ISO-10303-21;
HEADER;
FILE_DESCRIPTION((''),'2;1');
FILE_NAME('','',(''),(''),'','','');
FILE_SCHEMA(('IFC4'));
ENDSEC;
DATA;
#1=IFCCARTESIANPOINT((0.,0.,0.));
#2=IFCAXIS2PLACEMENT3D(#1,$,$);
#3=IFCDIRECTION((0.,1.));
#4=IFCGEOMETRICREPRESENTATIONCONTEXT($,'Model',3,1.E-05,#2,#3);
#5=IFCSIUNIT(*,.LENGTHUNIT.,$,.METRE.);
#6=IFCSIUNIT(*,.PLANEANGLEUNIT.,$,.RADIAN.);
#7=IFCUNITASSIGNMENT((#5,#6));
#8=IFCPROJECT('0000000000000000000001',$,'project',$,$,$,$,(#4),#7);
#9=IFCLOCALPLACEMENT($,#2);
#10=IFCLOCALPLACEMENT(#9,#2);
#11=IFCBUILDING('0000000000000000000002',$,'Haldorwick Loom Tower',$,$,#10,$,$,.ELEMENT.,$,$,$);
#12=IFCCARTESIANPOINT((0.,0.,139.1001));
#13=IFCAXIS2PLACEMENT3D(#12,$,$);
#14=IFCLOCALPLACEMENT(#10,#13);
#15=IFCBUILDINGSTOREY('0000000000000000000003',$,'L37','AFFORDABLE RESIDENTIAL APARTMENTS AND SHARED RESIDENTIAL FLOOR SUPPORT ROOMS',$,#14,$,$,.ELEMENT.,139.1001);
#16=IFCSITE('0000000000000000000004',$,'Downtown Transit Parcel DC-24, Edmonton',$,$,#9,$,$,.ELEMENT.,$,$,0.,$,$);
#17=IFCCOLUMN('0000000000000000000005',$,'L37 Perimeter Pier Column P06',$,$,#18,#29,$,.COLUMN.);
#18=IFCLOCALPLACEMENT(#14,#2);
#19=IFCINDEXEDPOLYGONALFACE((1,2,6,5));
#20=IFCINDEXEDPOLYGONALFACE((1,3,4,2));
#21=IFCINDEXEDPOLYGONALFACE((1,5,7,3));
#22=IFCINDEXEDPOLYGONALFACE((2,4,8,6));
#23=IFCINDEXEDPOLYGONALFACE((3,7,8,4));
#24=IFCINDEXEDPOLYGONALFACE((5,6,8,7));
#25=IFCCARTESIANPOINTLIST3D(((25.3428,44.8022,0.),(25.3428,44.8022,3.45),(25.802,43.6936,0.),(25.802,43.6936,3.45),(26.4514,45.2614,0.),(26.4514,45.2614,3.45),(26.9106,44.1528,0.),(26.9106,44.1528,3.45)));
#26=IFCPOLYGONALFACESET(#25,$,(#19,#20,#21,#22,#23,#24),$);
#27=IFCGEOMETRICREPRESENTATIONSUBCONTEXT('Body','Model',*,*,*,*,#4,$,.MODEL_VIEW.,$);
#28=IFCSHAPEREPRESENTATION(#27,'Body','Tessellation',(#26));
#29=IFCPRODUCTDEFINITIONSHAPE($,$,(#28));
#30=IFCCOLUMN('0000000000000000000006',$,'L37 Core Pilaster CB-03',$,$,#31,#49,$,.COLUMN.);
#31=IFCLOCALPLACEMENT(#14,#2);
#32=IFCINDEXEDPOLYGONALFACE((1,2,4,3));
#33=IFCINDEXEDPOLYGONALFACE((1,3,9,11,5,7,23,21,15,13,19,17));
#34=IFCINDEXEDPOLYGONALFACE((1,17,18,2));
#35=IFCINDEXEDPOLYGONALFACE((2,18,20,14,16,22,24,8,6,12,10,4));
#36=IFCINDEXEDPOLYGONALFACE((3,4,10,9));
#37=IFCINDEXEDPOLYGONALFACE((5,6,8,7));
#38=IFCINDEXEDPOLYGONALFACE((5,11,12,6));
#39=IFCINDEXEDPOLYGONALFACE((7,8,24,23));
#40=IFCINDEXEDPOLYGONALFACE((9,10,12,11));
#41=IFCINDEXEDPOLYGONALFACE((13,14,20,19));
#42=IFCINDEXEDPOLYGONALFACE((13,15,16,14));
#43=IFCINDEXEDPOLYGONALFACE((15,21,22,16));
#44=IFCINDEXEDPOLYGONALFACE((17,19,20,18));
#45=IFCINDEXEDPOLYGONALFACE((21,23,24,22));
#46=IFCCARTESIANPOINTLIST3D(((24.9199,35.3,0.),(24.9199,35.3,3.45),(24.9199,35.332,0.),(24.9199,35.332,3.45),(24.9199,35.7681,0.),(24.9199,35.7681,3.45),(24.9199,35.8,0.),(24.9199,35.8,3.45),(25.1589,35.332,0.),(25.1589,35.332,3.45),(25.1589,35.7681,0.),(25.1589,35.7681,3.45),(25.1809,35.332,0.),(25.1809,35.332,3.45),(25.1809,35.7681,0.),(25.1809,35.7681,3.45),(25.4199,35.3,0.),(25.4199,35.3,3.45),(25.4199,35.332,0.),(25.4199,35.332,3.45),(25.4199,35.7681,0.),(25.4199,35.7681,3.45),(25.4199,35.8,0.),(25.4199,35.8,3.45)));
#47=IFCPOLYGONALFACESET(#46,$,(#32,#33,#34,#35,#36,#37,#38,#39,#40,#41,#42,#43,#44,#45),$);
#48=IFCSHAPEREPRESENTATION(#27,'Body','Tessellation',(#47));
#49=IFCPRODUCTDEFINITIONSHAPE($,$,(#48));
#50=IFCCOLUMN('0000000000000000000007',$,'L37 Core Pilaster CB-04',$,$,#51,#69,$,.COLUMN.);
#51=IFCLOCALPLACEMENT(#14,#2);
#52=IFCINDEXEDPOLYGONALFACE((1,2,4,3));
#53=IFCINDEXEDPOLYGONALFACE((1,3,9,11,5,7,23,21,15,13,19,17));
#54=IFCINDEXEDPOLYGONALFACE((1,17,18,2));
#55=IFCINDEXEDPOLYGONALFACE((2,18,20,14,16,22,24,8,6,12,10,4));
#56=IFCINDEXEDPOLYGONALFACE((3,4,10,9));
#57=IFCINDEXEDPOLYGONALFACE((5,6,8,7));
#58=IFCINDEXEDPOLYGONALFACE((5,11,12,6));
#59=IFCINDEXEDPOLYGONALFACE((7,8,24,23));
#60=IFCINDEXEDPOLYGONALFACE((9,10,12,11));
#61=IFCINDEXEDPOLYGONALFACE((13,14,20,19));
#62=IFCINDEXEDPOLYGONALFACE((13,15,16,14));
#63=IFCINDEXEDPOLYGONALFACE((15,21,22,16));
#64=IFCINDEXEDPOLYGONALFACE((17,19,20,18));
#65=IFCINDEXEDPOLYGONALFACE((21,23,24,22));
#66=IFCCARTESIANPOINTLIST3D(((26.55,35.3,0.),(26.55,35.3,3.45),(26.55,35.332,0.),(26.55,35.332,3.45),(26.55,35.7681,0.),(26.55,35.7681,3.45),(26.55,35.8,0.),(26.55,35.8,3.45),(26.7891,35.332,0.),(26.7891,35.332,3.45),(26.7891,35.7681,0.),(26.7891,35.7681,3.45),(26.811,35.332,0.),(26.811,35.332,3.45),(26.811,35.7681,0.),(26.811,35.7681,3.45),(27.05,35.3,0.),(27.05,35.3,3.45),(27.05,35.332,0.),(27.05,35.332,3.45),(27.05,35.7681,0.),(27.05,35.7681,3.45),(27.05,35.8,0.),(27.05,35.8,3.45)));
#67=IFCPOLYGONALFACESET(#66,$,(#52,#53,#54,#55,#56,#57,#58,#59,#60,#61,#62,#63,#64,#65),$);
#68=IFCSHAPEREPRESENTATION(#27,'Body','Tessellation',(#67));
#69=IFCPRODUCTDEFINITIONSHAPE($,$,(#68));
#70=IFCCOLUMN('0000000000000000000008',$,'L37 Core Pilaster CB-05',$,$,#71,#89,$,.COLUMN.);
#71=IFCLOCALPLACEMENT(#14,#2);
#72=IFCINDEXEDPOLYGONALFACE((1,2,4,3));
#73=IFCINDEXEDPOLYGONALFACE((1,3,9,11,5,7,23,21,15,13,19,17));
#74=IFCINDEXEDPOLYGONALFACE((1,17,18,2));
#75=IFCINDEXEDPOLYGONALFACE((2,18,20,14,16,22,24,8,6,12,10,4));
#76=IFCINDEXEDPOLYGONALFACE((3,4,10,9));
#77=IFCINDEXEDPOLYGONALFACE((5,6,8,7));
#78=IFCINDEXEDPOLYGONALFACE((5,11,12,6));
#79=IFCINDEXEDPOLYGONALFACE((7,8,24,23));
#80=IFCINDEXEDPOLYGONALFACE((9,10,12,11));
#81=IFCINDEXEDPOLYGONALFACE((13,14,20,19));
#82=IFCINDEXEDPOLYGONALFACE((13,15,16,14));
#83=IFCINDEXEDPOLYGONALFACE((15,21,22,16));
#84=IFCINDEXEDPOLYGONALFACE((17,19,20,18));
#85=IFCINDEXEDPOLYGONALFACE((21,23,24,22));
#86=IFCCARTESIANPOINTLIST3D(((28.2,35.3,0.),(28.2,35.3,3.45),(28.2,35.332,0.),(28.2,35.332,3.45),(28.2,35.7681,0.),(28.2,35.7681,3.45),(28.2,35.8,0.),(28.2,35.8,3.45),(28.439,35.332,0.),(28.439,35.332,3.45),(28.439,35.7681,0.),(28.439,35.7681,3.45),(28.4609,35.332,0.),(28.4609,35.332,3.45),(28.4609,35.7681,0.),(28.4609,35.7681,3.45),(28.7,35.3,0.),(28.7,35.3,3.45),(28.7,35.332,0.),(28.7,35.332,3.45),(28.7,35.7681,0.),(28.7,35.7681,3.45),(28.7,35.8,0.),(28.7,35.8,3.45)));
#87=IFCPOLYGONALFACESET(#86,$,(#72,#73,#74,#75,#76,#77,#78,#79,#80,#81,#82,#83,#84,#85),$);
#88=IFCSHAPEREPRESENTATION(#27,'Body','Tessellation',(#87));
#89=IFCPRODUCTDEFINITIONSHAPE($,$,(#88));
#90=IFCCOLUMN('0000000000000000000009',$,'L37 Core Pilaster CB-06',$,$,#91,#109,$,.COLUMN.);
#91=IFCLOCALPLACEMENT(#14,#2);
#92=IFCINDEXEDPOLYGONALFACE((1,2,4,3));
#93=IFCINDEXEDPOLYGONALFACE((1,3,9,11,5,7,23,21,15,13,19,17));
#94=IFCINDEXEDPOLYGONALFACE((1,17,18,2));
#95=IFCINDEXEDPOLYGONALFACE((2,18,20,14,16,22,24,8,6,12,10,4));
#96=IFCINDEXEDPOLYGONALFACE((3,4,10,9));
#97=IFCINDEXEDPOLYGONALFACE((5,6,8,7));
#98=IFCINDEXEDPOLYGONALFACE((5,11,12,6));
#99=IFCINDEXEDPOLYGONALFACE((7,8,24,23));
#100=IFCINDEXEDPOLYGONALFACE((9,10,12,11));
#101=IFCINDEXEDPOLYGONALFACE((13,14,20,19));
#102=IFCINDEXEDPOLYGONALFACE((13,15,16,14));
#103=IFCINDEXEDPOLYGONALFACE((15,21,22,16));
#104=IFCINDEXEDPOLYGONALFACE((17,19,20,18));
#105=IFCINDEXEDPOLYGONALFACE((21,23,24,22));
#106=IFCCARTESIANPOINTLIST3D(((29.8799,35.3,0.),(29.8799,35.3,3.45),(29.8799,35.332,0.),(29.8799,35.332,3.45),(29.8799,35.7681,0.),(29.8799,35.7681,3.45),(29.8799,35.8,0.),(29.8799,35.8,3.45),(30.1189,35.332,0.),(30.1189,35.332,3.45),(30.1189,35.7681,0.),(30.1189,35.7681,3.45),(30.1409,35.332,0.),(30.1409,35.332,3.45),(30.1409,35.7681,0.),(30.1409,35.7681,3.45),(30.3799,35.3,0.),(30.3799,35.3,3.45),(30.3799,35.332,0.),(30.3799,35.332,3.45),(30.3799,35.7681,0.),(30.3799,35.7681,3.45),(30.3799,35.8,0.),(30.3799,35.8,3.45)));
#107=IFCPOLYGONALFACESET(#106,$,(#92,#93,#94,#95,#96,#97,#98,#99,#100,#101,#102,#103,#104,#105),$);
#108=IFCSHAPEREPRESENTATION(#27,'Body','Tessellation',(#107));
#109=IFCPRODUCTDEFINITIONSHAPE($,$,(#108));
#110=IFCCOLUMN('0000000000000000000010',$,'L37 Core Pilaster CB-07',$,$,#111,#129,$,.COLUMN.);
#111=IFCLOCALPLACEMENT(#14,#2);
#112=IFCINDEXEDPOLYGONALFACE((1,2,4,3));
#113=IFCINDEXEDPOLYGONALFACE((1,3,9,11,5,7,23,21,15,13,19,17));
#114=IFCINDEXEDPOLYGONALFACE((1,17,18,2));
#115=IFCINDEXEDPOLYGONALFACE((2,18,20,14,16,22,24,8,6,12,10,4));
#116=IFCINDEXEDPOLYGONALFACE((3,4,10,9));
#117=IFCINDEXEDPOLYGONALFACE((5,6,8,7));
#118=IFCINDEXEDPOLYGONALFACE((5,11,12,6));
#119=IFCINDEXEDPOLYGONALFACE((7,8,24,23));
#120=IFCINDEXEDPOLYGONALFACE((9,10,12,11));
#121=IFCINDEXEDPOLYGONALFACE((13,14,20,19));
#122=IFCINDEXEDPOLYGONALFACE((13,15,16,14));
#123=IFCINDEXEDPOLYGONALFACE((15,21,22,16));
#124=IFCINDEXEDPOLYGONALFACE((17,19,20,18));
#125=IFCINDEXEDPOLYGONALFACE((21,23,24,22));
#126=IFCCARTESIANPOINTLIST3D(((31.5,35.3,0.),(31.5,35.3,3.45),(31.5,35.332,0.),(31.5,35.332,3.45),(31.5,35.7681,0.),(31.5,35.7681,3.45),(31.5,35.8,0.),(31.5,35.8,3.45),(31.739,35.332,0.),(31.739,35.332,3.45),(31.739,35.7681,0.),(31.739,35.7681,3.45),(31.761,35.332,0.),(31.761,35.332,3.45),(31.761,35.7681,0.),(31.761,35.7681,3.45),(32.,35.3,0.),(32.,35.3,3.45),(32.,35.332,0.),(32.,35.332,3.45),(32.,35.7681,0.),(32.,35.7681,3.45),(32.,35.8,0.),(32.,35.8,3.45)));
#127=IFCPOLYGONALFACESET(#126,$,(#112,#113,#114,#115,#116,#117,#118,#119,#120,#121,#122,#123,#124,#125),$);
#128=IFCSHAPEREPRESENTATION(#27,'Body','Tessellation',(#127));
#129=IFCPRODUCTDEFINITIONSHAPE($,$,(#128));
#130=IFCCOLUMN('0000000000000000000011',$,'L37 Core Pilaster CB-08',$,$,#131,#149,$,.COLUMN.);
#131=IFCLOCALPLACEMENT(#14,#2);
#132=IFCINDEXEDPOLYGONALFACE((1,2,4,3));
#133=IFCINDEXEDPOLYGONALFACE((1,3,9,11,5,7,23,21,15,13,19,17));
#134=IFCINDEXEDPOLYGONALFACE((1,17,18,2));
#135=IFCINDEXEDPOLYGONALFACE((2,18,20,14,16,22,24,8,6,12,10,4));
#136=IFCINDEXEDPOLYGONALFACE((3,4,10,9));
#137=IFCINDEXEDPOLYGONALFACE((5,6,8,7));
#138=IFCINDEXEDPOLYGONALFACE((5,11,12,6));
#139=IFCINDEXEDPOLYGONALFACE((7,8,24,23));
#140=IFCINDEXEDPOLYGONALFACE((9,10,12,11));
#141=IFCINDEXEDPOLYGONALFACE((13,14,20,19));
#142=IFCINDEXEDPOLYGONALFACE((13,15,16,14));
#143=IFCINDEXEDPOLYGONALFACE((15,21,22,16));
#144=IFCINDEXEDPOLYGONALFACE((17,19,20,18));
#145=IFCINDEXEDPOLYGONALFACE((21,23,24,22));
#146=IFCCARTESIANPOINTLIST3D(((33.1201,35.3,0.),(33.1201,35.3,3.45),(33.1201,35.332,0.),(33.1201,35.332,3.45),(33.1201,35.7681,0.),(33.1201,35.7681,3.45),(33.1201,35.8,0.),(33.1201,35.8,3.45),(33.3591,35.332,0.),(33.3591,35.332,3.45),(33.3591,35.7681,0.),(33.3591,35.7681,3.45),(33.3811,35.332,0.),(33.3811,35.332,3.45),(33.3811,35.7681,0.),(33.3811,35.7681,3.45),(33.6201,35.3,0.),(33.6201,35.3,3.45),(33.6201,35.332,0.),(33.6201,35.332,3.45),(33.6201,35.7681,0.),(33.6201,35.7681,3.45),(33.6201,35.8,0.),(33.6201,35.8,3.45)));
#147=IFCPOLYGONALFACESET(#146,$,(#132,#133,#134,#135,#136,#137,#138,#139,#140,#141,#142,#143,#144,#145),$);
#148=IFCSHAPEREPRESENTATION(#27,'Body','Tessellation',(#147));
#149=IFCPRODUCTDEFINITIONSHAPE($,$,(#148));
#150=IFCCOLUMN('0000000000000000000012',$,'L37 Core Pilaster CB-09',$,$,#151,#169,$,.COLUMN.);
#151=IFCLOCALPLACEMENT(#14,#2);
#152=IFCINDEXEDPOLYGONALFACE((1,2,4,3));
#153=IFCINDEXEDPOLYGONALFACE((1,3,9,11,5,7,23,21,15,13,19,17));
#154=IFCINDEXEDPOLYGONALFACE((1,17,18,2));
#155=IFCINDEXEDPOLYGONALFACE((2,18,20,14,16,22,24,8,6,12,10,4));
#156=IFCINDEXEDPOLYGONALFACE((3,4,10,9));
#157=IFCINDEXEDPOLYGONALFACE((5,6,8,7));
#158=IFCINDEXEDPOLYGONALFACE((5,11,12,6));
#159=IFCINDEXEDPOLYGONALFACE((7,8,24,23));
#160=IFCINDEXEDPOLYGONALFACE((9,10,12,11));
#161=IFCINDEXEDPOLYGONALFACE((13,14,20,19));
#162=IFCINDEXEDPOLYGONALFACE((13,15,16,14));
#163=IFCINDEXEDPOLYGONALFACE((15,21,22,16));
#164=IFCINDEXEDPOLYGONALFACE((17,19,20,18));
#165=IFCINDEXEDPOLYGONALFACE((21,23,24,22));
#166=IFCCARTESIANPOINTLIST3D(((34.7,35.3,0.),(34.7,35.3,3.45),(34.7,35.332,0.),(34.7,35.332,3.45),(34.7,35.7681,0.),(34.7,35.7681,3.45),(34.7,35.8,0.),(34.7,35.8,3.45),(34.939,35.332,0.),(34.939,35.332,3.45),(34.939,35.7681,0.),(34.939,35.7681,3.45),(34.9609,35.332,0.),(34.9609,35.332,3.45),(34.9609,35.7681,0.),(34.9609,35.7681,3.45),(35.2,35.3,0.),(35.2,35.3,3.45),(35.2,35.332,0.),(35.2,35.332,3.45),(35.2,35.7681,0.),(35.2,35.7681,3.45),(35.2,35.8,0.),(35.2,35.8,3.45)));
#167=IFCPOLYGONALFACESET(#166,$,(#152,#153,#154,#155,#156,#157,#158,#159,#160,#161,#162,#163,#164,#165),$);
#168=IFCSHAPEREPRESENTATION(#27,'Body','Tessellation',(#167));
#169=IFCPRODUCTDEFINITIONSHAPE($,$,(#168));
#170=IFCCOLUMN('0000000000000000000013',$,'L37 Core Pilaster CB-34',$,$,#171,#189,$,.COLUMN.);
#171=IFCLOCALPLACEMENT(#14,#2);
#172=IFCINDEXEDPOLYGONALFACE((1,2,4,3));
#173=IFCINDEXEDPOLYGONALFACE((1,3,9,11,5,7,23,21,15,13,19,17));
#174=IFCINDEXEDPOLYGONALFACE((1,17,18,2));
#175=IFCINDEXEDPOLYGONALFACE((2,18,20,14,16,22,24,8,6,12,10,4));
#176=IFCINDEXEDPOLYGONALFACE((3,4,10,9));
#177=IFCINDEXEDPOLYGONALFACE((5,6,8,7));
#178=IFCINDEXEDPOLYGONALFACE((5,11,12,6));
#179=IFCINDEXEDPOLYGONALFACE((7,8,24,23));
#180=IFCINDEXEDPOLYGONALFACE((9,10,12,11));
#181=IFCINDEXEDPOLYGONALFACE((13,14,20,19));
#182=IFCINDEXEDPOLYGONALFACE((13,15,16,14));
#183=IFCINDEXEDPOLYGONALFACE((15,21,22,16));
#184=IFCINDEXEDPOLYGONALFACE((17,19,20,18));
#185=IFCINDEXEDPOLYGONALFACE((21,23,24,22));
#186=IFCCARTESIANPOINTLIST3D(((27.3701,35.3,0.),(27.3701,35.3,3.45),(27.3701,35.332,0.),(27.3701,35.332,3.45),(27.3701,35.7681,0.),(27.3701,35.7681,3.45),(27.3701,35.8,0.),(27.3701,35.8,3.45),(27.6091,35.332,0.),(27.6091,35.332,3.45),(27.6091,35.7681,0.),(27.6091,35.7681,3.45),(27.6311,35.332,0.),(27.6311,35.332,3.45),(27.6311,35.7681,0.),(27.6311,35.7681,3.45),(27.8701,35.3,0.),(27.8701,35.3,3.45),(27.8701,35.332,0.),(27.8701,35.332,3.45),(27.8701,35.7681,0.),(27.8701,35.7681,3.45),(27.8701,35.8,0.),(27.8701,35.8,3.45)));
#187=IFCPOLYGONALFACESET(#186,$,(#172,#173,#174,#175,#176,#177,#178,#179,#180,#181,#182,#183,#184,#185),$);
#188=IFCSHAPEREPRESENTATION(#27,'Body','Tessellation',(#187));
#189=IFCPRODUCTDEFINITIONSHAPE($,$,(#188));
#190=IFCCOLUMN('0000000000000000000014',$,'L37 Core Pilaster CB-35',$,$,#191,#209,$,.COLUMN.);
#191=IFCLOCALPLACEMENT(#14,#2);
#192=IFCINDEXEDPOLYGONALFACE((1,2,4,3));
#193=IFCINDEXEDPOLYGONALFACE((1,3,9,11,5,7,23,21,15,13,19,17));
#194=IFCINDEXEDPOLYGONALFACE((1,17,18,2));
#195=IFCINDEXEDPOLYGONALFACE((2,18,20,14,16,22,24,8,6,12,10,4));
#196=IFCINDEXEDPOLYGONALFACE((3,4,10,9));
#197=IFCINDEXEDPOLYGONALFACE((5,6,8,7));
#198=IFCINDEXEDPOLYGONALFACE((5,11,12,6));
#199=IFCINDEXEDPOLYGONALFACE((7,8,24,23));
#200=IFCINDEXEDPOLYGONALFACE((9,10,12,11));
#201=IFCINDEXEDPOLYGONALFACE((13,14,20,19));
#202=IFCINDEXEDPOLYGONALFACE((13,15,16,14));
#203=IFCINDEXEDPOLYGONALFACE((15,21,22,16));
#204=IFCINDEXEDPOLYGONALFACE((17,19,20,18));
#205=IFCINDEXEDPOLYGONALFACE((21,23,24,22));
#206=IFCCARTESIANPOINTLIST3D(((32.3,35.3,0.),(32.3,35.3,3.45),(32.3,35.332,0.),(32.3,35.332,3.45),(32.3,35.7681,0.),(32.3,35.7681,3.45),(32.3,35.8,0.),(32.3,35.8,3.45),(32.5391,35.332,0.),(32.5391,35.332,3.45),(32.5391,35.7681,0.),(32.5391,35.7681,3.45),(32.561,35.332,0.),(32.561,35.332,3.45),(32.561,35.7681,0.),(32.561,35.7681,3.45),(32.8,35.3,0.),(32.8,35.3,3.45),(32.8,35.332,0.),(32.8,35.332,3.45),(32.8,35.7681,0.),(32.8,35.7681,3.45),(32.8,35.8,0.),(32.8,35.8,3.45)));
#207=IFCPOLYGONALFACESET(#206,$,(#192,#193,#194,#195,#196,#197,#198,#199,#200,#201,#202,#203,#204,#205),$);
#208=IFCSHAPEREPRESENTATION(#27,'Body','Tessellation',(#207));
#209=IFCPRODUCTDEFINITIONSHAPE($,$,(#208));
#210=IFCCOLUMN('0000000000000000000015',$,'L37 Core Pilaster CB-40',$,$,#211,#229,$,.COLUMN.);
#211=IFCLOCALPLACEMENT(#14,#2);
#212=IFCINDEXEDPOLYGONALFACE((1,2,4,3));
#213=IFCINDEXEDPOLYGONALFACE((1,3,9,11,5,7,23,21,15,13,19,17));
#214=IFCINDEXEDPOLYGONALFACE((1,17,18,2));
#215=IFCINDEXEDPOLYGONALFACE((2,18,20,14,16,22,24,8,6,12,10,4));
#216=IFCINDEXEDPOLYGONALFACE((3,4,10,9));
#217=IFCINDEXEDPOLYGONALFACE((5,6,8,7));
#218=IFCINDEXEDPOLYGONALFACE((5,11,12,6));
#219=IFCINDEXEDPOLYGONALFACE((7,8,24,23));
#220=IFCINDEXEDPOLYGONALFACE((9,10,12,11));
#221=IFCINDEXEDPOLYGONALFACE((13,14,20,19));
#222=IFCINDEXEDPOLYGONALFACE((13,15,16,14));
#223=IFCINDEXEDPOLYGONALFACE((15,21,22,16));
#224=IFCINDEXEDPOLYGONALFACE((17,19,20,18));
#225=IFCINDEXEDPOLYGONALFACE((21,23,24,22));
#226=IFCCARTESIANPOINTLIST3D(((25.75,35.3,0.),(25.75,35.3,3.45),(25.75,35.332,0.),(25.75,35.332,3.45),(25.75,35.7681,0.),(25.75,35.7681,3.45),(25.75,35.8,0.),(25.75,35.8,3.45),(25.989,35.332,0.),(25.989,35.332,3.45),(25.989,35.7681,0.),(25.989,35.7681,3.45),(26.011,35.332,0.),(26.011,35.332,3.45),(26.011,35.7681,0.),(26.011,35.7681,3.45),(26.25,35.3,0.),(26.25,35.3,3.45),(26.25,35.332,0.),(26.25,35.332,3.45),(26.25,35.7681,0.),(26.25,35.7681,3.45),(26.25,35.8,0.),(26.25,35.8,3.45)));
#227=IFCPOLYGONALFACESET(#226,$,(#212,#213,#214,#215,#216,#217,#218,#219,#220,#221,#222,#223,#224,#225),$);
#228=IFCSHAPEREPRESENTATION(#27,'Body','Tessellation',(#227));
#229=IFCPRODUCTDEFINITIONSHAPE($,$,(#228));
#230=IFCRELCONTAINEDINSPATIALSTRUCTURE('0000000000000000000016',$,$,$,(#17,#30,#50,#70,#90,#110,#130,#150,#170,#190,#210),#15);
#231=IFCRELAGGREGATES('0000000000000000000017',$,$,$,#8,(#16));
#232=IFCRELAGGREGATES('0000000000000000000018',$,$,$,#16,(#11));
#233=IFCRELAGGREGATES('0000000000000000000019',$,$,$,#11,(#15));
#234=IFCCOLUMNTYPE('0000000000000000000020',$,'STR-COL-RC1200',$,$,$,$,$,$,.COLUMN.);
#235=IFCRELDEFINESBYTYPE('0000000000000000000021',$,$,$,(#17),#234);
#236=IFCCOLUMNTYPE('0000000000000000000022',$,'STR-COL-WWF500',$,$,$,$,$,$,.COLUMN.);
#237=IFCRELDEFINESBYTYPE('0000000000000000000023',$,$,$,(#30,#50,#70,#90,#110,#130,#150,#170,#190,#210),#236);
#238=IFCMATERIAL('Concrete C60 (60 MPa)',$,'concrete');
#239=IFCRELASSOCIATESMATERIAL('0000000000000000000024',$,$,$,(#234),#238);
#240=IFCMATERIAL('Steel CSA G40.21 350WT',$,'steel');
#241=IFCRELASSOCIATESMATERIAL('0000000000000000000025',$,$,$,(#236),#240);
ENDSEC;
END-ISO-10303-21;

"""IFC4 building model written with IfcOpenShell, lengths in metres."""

from ifc_helpers import new_model, si_unit, direction, frame, origin, origin_2d, place, context, subcontext, project, spatial, rectangle, i_section, extrude, material, material_profile, profile_set, type_object, element, save


model = new_model("IFC4")

# Units and contexts
model_context = context("Model", 3, precision=1e-05, world=origin(), true_north=direction((0.0, 1.0)))
body_context = subcontext(model_context, "Body", "Model", "MODEL_VIEW")
ifc_project = project(units=[si_unit("LENGTHUNIT", "METRE"), si_unit("PLANEANGLEUNIT", "RADIAN")], contexts=[model_context])

# Site, building, storey
site_placement = place(None, origin())
site = spatial("IfcSite", under=ifc_project, at=site_placement, Name="Downtown Transit Parcel DC-24, Edmonton", CompositionType="ELEMENT", RefElevation=0.0)
building_placement = place(site_placement, origin())
building = spatial("IfcBuilding", under=site, at=building_placement, Name="Haldorwick Loom Tower", CompositionType="ELEMENT")
storey_placement = place(building_placement, frame((0.0, 0.0, 139.1001)))
storey = spatial("IfcBuildingStorey", under=building, at=storey_placement, Name="L37", Description="AFFORDABLE RESIDENTIAL APARTMENTS AND SHARED RESIDENTIAL FLOOR SUPPORT ROOMS", CompositionType="ELEMENT", Elevation=139.1001)

# Columns
ifc_material_1 = material(Name="Concrete C60 (60 MPa)", Category="concrete")
ifc_material_profile_1 = material_profile(ifc_material_1, rectangle(XDim=1.2, YDim=1.2, at=origin_2d()), Name="RC1200X1200", Category="concrete")
ifc_profile_set_1 = profile_set([ifc_material_profile_1], Name="Concrete C60 (60 MPa)")
column_type_1 = type_object("IfcColumnType", Name="STR-COL-RC1200", PredefinedType="COLUMN", material=ifc_profile_set_1)
column_placement = place(storey_placement, frame((26.1267, 44.4775, 0.0), z_axis=(0.0, 0.0, 1.0), x_axis=(-0.382683, 0.92388, 0.0)))
element("IfcColumn", 1, at=column_placement, inside=storey, type_object=column_type_1, Name="L37 Perimeter Pier Column P06", PredefinedType="COLUMN", context=body_context, shape_type="SweptSolid", body=[
    extrude(rectangle(XDim=1.2, YDim=1.2, at=origin_2d()), origin(), (0.0, 0.0, 1.0), 3.45),
])
ifc_material_2 = material(Name="Steel CSA G40.21 350WT", Category="steel")
ifc_material_profile_2 = material_profile(ifc_material_2, i_section(OverallWidth=0.5, OverallDepth=0.5, WebThickness=0.022, FlangeThickness=0.032, at=origin_2d()), Name="WWF500X500", Category="steel")
ifc_profile_set_2 = profile_set([ifc_material_profile_2], Name="Steel CSA G40.21 350WT")
column_type_2 = type_object("IfcColumnType", Name="STR-COL-WWF500", PredefinedType="COLUMN", material=ifc_profile_set_2)
for number, where, z_axis, x_axis, name in (
    (2, (25.1699, 35.55, 0.0), (0.0, 0.0, 1.0), (1.0, 0.0, 0.0), "L37 Core Pilaster CB-03"),
    (3, (26.8, 35.55, 0.0), (0.0, 0.0, 1.0), (1.0, 0.0, 0.0), "L37 Core Pilaster CB-04"),
    (4, (28.45, 35.55, 0.0), (0.0, 0.0, 1.0), (1.0, 0.0, 0.0), "L37 Core Pilaster CB-05"),
    (5, (30.1299, 35.55, 0.0), (0.0, 0.0, 1.0), (1.0, 0.0, 0.0), "L37 Core Pilaster CB-06"),
    (6, (31.75, 35.55, 0.0), (0.0, 0.0, 1.0), (1.0, 0.0, 0.0), "L37 Core Pilaster CB-07"),
    (7, (33.3701, 35.55, 0.0), (0.0, 0.0, 1.0), (1.0, 0.0, 0.0), "L37 Core Pilaster CB-08"),
    (8, (34.95, 35.55, 0.0), (0.0, 0.0, 1.0), (1.0, 0.0, 0.0), "L37 Core Pilaster CB-09"),
    (9, (27.6201, 35.55, 0.0), (0.0, 0.0, 1.0), (1.0, 0.0, 0.0), "L37 Core Pilaster CB-34"),
    (10, (32.55, 35.55, 0.0), (0.0, 0.0, 1.0), (1.0, 0.0, 0.0), "L37 Core Pilaster CB-35"),
    (11, (26.0, 35.55, 0.0), (0.0, 0.0, 1.0), (1.0, 0.0, 0.0), "L37 Core Pilaster CB-40"),
):
    element("IfcColumn", number, at=place(storey_placement, frame(where, z_axis=z_axis, x_axis=x_axis)), inside=storey, type_object=column_type_2, Name=name, PredefinedType="COLUMN", context=body_context, shape_type="SweptSolid", body=[
        extrude(i_section(OverallWidth=0.5, OverallDepth=0.5, WebThickness=0.022, FlangeThickness=0.032, at=origin_2d()), origin(), (0.0, 0.0, 1.0), 3.45),
    ])

save(model, "model.ifc")
